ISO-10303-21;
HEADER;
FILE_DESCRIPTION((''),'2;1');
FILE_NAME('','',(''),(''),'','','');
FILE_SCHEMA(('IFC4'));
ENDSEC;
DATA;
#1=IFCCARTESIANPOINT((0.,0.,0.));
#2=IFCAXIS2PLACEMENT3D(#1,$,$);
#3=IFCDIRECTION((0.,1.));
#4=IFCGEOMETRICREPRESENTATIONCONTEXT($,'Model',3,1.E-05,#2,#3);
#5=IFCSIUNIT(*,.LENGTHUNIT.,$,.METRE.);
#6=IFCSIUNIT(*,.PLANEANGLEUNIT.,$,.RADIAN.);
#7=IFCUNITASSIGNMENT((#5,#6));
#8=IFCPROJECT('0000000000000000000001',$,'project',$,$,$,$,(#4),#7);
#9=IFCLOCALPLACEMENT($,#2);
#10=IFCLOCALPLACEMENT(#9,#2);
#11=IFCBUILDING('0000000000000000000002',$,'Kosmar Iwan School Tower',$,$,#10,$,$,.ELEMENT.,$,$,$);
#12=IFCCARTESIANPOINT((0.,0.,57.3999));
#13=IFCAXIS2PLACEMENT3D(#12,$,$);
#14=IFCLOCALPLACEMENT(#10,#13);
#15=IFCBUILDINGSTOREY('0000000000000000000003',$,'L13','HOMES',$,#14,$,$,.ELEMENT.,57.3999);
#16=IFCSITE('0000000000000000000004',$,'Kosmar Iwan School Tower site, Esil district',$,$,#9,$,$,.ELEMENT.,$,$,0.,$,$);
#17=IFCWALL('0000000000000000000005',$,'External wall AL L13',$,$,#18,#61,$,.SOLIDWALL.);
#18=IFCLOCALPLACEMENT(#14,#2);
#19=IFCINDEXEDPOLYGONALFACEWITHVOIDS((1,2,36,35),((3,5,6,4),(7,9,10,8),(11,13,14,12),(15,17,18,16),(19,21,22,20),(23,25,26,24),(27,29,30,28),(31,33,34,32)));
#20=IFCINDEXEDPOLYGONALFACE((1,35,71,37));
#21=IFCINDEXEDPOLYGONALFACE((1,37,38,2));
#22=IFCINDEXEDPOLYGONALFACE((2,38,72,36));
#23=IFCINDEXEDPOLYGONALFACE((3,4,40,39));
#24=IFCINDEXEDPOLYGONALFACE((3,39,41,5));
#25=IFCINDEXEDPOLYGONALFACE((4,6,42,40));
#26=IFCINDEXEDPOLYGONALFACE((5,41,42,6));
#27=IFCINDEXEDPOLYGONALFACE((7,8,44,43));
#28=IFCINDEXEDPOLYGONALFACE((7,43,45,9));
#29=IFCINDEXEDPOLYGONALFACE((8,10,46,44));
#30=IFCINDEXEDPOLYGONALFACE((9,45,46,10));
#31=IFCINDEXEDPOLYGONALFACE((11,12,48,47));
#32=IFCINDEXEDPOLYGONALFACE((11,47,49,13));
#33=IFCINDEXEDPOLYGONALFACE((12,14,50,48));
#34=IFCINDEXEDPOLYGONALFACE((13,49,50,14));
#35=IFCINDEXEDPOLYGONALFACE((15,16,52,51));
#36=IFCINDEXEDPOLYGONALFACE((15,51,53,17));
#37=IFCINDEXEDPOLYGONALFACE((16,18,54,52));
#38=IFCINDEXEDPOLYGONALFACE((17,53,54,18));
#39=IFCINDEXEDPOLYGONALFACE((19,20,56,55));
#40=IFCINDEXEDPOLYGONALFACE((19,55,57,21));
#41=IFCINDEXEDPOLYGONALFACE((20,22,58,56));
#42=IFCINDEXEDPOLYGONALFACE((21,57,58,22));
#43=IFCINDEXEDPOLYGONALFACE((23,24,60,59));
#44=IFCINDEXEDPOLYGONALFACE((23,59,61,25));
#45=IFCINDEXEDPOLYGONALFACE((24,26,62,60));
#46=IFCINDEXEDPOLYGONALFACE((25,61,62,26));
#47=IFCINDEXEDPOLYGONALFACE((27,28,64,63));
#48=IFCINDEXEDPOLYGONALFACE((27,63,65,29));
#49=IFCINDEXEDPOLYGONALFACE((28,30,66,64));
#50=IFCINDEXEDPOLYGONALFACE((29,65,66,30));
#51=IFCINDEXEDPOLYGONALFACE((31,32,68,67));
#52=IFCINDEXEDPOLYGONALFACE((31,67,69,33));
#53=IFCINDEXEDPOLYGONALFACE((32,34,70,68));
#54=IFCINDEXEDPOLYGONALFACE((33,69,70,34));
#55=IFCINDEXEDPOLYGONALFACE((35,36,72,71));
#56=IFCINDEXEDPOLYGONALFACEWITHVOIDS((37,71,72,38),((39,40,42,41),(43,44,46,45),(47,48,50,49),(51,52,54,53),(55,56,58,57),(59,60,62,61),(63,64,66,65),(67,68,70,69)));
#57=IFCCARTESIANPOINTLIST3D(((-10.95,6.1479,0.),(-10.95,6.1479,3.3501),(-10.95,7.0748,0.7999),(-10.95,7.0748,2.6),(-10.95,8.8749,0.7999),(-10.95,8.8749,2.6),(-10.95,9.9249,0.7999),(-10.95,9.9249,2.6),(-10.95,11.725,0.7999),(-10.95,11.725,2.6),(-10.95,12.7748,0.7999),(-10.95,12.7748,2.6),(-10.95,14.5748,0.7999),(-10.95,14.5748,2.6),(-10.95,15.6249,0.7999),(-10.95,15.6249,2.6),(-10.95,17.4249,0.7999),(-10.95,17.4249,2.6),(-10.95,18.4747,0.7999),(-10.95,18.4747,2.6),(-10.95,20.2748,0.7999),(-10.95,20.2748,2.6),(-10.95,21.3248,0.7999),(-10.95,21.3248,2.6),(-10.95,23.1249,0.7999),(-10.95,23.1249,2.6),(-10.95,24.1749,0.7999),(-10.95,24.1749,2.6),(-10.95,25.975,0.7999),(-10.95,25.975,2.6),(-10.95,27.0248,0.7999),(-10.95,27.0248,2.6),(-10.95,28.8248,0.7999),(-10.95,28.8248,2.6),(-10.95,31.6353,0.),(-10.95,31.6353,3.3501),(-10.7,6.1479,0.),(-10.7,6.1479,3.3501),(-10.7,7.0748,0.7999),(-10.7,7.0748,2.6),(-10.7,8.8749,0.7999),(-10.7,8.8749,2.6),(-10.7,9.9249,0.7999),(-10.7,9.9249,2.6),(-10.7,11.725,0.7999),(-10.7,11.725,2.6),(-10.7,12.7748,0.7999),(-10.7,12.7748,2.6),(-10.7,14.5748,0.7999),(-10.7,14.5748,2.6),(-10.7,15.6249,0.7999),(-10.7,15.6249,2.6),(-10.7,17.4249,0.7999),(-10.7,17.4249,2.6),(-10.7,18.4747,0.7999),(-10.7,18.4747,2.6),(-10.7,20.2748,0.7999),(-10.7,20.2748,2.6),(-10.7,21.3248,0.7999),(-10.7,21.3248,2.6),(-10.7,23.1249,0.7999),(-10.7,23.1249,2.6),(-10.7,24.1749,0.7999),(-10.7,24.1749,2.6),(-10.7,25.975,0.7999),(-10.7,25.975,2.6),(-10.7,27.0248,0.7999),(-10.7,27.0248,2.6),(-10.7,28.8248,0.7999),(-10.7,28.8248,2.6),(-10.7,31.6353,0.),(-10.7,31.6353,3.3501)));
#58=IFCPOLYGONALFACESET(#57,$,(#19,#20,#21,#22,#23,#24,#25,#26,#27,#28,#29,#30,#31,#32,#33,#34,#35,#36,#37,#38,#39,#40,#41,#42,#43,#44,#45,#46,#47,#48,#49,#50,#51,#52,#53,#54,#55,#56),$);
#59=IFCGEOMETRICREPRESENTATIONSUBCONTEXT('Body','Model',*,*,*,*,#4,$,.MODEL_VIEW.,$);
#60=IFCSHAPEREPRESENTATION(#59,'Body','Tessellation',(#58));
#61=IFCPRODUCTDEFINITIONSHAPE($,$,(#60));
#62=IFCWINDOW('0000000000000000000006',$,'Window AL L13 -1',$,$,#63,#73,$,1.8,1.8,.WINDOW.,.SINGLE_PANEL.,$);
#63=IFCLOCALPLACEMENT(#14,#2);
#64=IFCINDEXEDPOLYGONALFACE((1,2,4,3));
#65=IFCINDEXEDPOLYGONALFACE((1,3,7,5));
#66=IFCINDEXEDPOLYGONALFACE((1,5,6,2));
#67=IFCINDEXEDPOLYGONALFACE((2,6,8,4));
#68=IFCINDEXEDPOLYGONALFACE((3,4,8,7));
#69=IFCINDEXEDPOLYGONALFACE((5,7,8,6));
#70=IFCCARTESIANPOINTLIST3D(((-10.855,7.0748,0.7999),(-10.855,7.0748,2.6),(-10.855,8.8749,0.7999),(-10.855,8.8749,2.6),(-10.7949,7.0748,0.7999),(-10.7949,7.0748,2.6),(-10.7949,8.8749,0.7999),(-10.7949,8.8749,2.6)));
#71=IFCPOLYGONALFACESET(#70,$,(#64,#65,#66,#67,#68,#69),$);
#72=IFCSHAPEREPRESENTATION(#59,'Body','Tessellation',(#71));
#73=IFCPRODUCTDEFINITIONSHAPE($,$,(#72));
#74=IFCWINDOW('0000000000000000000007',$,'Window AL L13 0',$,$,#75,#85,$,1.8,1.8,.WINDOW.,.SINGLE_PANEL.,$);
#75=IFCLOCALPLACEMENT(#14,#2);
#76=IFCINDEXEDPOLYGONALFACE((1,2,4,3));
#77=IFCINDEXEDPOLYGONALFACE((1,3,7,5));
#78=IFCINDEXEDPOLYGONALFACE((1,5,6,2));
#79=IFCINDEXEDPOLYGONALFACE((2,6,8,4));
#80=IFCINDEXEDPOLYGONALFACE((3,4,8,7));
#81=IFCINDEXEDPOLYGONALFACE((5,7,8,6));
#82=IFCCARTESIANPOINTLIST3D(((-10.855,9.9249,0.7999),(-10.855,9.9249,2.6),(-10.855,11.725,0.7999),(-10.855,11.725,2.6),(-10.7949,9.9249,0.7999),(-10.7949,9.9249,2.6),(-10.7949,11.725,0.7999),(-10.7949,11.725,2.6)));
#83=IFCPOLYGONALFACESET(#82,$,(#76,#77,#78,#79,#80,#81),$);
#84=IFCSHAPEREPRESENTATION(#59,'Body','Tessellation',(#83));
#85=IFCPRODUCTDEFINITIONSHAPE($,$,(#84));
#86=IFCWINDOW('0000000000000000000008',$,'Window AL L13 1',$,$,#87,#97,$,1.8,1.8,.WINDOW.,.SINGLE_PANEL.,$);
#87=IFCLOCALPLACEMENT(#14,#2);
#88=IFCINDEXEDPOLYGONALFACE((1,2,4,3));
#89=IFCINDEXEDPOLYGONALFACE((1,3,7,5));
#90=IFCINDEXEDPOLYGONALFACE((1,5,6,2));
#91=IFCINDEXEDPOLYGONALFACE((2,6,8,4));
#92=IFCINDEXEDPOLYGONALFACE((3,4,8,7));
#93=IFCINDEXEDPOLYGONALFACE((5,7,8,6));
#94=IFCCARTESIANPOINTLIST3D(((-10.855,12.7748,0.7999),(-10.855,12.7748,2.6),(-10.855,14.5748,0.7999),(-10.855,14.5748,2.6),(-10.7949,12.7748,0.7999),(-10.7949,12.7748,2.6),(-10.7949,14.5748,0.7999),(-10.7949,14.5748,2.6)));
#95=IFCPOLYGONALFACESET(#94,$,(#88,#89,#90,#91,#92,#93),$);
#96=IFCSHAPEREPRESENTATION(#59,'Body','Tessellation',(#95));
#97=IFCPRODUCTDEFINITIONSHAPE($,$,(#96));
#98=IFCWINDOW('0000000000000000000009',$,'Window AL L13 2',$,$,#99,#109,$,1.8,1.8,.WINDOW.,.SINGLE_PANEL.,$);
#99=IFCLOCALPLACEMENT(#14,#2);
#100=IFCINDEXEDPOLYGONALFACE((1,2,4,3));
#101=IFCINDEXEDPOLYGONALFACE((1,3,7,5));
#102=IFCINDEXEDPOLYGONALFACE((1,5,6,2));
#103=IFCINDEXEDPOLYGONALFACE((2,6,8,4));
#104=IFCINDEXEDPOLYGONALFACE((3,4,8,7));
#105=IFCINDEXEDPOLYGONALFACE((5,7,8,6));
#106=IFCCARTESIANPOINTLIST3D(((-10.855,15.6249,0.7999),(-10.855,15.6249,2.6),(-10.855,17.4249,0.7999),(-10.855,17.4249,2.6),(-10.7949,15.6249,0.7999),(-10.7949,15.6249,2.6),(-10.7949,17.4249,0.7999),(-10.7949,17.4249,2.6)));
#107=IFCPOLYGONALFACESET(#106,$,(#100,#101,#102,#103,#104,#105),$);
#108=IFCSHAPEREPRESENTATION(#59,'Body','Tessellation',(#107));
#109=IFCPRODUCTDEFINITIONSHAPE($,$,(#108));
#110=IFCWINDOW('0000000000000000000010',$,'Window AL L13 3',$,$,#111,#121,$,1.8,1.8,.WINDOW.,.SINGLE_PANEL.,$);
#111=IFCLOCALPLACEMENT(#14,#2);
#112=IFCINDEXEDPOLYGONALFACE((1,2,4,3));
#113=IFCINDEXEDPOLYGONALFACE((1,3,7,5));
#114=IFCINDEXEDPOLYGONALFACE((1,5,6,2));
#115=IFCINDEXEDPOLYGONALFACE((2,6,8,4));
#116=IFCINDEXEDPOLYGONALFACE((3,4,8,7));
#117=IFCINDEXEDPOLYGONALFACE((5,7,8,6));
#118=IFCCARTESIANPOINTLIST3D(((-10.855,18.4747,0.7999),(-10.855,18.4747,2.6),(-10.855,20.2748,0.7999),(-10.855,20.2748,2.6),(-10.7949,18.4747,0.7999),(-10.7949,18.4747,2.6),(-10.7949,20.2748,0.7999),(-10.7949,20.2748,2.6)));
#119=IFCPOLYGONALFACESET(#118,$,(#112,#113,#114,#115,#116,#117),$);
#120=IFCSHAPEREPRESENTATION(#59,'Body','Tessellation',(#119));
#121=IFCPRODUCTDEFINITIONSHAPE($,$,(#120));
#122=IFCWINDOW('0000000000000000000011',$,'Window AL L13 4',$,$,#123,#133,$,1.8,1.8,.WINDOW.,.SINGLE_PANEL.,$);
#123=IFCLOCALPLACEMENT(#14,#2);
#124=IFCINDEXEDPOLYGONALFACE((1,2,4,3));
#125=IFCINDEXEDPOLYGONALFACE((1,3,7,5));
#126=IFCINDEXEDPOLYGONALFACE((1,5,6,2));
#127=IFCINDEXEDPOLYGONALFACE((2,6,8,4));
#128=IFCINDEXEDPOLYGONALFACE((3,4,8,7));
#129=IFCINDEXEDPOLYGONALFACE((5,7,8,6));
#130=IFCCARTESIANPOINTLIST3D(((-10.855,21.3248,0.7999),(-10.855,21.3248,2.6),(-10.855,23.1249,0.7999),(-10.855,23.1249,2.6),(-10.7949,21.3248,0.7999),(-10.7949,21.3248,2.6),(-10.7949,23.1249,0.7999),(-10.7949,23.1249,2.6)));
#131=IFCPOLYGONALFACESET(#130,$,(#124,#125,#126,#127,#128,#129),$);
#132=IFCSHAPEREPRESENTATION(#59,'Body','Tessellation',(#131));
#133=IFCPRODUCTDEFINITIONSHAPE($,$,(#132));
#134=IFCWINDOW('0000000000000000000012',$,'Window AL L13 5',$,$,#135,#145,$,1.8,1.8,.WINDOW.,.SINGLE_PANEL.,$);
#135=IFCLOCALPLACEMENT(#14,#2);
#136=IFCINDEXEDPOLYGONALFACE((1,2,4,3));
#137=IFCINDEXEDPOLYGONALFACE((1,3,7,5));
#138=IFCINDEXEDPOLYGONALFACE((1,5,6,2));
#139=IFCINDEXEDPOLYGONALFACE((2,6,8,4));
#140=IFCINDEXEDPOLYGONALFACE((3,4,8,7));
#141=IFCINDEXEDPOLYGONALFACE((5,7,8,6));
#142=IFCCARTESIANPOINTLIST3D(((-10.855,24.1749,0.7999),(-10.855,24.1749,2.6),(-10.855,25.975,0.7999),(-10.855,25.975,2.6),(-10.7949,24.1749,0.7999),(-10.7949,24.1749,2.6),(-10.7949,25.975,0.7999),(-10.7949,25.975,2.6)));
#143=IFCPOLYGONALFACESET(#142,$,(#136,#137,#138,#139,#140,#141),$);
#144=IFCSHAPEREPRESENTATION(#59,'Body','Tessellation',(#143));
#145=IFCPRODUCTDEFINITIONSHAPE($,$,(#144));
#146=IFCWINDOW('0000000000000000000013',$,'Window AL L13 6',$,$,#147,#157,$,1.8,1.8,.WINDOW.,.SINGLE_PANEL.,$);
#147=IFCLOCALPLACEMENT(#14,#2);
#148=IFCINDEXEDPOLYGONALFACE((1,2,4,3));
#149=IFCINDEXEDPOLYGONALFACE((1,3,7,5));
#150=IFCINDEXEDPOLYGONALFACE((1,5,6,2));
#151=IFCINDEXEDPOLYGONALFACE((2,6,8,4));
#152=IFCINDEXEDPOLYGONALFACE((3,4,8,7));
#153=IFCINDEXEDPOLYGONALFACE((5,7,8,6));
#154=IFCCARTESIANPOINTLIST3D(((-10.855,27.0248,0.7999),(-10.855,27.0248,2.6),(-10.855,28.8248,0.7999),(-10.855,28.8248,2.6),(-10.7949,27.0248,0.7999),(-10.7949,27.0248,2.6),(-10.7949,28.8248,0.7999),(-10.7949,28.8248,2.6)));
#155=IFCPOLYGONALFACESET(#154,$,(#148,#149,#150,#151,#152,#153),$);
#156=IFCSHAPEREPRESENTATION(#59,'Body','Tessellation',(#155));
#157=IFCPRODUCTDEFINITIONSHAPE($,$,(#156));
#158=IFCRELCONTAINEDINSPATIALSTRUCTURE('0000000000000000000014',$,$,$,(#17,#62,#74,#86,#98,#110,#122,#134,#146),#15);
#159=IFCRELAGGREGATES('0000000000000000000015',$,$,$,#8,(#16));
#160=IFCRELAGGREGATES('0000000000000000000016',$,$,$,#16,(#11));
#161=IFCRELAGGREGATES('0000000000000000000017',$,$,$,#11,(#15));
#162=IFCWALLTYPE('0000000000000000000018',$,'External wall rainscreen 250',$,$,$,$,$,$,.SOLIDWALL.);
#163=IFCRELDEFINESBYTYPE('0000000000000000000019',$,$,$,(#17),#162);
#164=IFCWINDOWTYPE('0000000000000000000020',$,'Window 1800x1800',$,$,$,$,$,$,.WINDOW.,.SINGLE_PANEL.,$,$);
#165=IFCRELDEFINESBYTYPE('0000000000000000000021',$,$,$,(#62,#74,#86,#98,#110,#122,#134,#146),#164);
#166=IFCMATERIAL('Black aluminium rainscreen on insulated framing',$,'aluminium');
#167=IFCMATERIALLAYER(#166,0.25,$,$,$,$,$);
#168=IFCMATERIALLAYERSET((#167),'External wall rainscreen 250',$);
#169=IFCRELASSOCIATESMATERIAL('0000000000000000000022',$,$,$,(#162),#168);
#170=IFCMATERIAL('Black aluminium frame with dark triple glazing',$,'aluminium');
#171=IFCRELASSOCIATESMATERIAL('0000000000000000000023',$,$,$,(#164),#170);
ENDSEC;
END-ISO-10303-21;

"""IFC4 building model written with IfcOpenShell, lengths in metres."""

from ifc_helpers import new_model, si_unit, direction, frame, frame_2d, origin, place, context, subcontext, project, spatial, rectangle, extrude, material, layer, layer_set, type_object, element, fill, save


model = new_model("IFC4")

# Units and contexts
model_context = context("Model", 3, precision=1e-05, world=origin(), true_north=direction((0.0, 1.0)))
body_context = subcontext(model_context, "Body", "Model", "MODEL_VIEW")
ifc_project = project(units=[si_unit("LENGTHUNIT", "METRE"), si_unit("PLANEANGLEUNIT", "RADIAN")], contexts=[model_context])

# Site, building, storey
site_placement = place(None, origin())
site = spatial("IfcSite", under=ifc_project, at=site_placement, Name="Kosmar Iwan School Tower site, Esil district", CompositionType="ELEMENT", RefElevation=0.0)
building_placement = place(site_placement, origin())
building = spatial("IfcBuilding", under=site, at=building_placement, Name="Kosmar Iwan School Tower", CompositionType="ELEMENT")
storey_placement = place(building_placement, frame((0.0, 0.0, 57.3999)))
storey = spatial("IfcBuildingStorey", under=building, at=storey_placement, Name="L13", Description="HOMES", CompositionType="ELEMENT", Elevation=57.3999)

# Wall, openings, windows
ifc_material_1 = material(Name="Black aluminium rainscreen on insulated framing", Category="aluminium")
ifc_layer = layer(ifc_material_1, 0.25)
ifc_layer_set = layer_set([ifc_layer], Name="External wall rainscreen 250")
wall_type = type_object("IfcWallType", Name="External wall rainscreen 250", PredefinedType="SOLIDWALL", material=ifc_layer_set)
wall_1_placement = place(storey_placement, frame((-10.825, 6.1479, 0.0), z_axis=(0.0, 0.0, 1.0), x_axis=(0.0, 1.0, 0.0)))
wall_1 = element("IfcWall", 1, at=wall_1_placement, inside=storey, type_object=wall_type, Name="External wall AL L13", PredefinedType="SOLIDWALL", context=body_context, shape_type="SweptSolid", body=[
    extrude(rectangle(XDim=25.4873, YDim=0.25, at=frame_2d((12.7437, 0.0))), origin(), (0.0, 0.0, 1.0), 3.3501),
])
opening_1_placement = place(wall_1_placement, frame((0.927, 0.0, 0.8)))
opening_1 = element("IfcOpeningElement", 2, at=opening_1_placement, cuts=wall_1, PredefinedType="OPENING", context=body_context, shape_type="SweptSolid", body=[
    extrude(rectangle(XDim=1.8, YDim=1.8, at=frame_2d((0.8999, 0.8999))), frame((0.0, 0.137, 0.0), z_axis=(0.0, -1.0, 0.0), x_axis=(1.0, 0.0, 0.0)), (0.0, 0.0, 1.0), 0.2739),
])
opening_2_placement = place(wall_1_placement, frame((3.7771, 0.0, 0.8)))
opening_2 = element("IfcOpeningElement", 3, at=opening_2_placement, cuts=wall_1, PredefinedType="OPENING", context=body_context, shape_type="SweptSolid", body=[
    extrude(rectangle(XDim=1.8, YDim=1.8, at=frame_2d((0.8999, 0.8999))), frame((0.0, 0.137, 0.0), z_axis=(0.0, -1.0, 0.0), x_axis=(1.0, 0.0, 0.0)), (0.0, 0.0, 1.0), 0.2739),
])
opening_3_placement = place(wall_1_placement, frame((6.627, 0.0, 0.8)))
opening_3 = element("IfcOpeningElement", 4, at=opening_3_placement, cuts=wall_1, PredefinedType="OPENING", context=body_context, shape_type="SweptSolid", body=[
    extrude(rectangle(XDim=1.8, YDim=1.8, at=frame_2d((0.8999, 0.8999))), frame((0.0, 0.137, 0.0), z_axis=(0.0, -1.0, 0.0), x_axis=(1.0, 0.0, 0.0)), (0.0, 0.0, 1.0), 0.2739),
])
opening_4_placement = place(wall_1_placement, frame((9.4771, 0.0, 0.8)))
opening_4 = element("IfcOpeningElement", 5, at=opening_4_placement, cuts=wall_1, PredefinedType="OPENING", context=body_context, shape_type="SweptSolid", body=[
    extrude(rectangle(XDim=1.8, YDim=1.8, at=frame_2d((0.8999, 0.8999))), frame((0.0, 0.137, 0.0), z_axis=(0.0, -1.0, 0.0), x_axis=(1.0, 0.0, 0.0)), (0.0, 0.0, 1.0), 0.2739),
])
opening_5_placement = place(wall_1_placement, frame((12.3269, 0.0, 0.8)))
opening_5 = element("IfcOpeningElement", 6, at=opening_5_placement, cuts=wall_1, PredefinedType="OPENING", context=body_context, shape_type="SweptSolid", body=[
    extrude(rectangle(XDim=1.8, YDim=1.8, at=frame_2d((0.8999, 0.8999))), frame((0.0, 0.137, 0.0), z_axis=(0.0, -1.0, 0.0), x_axis=(1.0, 0.0, 0.0)), (0.0, 0.0, 1.0), 0.2739),
])
opening_6_placement = place(wall_1_placement, frame((15.177, 0.0, 0.8)))
opening_6 = element("IfcOpeningElement", 7, at=opening_6_placement, cuts=wall_1, PredefinedType="OPENING", context=body_context, shape_type="SweptSolid", body=[
    extrude(rectangle(XDim=1.8, YDim=1.8, at=frame_2d((0.8999, 0.8999))), frame((0.0, 0.137, 0.0), z_axis=(0.0, -1.0, 0.0), x_axis=(1.0, 0.0, 0.0)), (0.0, 0.0, 1.0), 0.2739),
])
opening_7_placement = place(wall_1_placement, frame((18.0271, 0.0, 0.8)))
opening_7 = element("IfcOpeningElement", 8, at=opening_7_placement, cuts=wall_1, PredefinedType="OPENING", context=body_context, shape_type="SweptSolid", body=[
    extrude(rectangle(XDim=1.8, YDim=1.8, at=frame_2d((0.8999, 0.8999))), frame((0.0, 0.137, 0.0), z_axis=(0.0, -1.0, 0.0), x_axis=(1.0, 0.0, 0.0)), (0.0, 0.0, 1.0), 0.2739),
])
opening_8_placement = place(wall_1_placement, frame((20.877, 0.0, 0.8)))
opening_8 = element("IfcOpeningElement", 9, at=opening_8_placement, cuts=wall_1, PredefinedType="OPENING", context=body_context, shape_type="SweptSolid", body=[
    extrude(rectangle(XDim=1.8, YDim=1.8, at=frame_2d((0.8999, 0.8999))), frame((0.0, 0.137, 0.0), z_axis=(0.0, -1.0, 0.0), x_axis=(1.0, 0.0, 0.0)), (0.0, 0.0, 1.0), 0.2739),
])
ifc_material_2 = material(Name="Black aluminium frame with dark triple glazing", Category="aluminium")
window_type = type_object("IfcWindowType", Name="Window 1800x1800", PartitioningType="SINGLE_PANEL", PredefinedType="WINDOW", material=ifc_material_2)
window_1_placement = place(opening_1_placement, origin())
window_1 = element("IfcWindow", 10, at=window_1_placement, inside=storey, type_object=window_type, Name="Window AL L13 -1", OverallHeight=1.8, OverallWidth=1.8, PartitioningType="SINGLE_PANEL", PredefinedType="WINDOW", context=body_context, shape_type="SweptSolid", body=[
    extrude(rectangle(XDim=1.8, YDim=1.8, at=frame_2d((0.8999, 0.8999))), frame((0.0, 0.03, 0.0), z_axis=(0.0, -1.0, 0.0), x_axis=(1.0, 0.0, 0.0)), (0.0, 0.0, 1.0), 0.0601),
])
fill(opening_1, window_1)
window_2_placement = place(opening_2_placement, origin())
window_2 = element("IfcWindow", 11, at=window_2_placement, inside=storey, type_object=window_type, Name="Window AL L13 0", OverallHeight=1.8, OverallWidth=1.8, PartitioningType="SINGLE_PANEL", PredefinedType="WINDOW", context=body_context, shape_type="SweptSolid", body=[
    extrude(rectangle(XDim=1.8, YDim=1.8, at=frame_2d((0.8999, 0.8999))), frame((0.0, 0.03, 0.0), z_axis=(0.0, -1.0, 0.0), x_axis=(1.0, 0.0, 0.0)), (0.0, 0.0, 1.0), 0.0601),
])
fill(opening_2, window_2)
window_3_placement = place(opening_3_placement, origin())
window_3 = element("IfcWindow", 12, at=window_3_placement, inside=storey, type_object=window_type, Name="Window AL L13 1", OverallHeight=1.8, OverallWidth=1.8, PartitioningType="SINGLE_PANEL", PredefinedType="WINDOW", context=body_context, shape_type="SweptSolid", body=[
    extrude(rectangle(XDim=1.8, YDim=1.8, at=frame_2d((0.8999, 0.8999))), frame((0.0, 0.03, 0.0), z_axis=(0.0, -1.0, 0.0), x_axis=(1.0, 0.0, 0.0)), (0.0, 0.0, 1.0), 0.0601),
])
fill(opening_3, window_3)
window_4_placement = place(opening_4_placement, origin())
window_4 = element("IfcWindow", 13, at=window_4_placement, inside=storey, type_object=window_type, Name="Window AL L13 2", OverallHeight=1.8, OverallWidth=1.8, PartitioningType="SINGLE_PANEL", PredefinedType="WINDOW", context=body_context, shape_type="SweptSolid", body=[
    extrude(rectangle(XDim=1.8, YDim=1.8, at=frame_2d((0.8999, 0.8999))), frame((0.0, 0.03, 0.0), z_axis=(0.0, -1.0, 0.0), x_axis=(1.0, 0.0, 0.0)), (0.0, 0.0, 1.0), 0.0601),
])
fill(opening_4, window_4)
window_5_placement = place(opening_5_placement, origin())
window_5 = element("IfcWindow", 14, at=window_5_placement, inside=storey, type_object=window_type, Name="Window AL L13 3", OverallHeight=1.8, OverallWidth=1.8, PartitioningType="SINGLE_PANEL", PredefinedType="WINDOW", context=body_context, shape_type="SweptSolid", body=[
    extrude(rectangle(XDim=1.8, YDim=1.8, at=frame_2d((0.8999, 0.8999))), frame((0.0, 0.03, 0.0), z_axis=(0.0, -1.0, 0.0), x_axis=(1.0, 0.0, 0.0)), (0.0, 0.0, 1.0), 0.0601),
])
fill(opening_5, window_5)
window_6_placement = place(opening_6_placement, origin())
window_6 = element("IfcWindow", 15, at=window_6_placement, inside=storey, type_object=window_type, Name="Window AL L13 4", OverallHeight=1.8, OverallWidth=1.8, PartitioningType="SINGLE_PANEL", PredefinedType="WINDOW", context=body_context, shape_type="SweptSolid", body=[
    extrude(rectangle(XDim=1.8, YDim=1.8, at=frame_2d((0.8999, 0.8999))), frame((0.0, 0.03, 0.0), z_axis=(0.0, -1.0, 0.0), x_axis=(1.0, 0.0, 0.0)), (0.0, 0.0, 1.0), 0.0601),
])
fill(opening_6, window_6)
window_7_placement = place(opening_7_placement, origin())
window_7 = element("IfcWindow", 16, at=window_7_placement, inside=storey, type_object=window_type, Name="Window AL L13 5", OverallHeight=1.8, OverallWidth=1.8, PartitioningType="SINGLE_PANEL", PredefinedType="WINDOW", context=body_context, shape_type="SweptSolid", body=[
    extrude(rectangle(XDim=1.8, YDim=1.8, at=frame_2d((0.8999, 0.8999))), frame((0.0, 0.03, 0.0), z_axis=(0.0, -1.0, 0.0), x_axis=(1.0, 0.0, 0.0)), (0.0, 0.0, 1.0), 0.0601),
])
fill(opening_7, window_7)
window_8_placement = place(opening_8_placement, origin())
window_8 = element("IfcWindow", 17, at=window_8_placement, inside=storey, type_object=window_type, Name="Window AL L13 6", OverallHeight=1.8, OverallWidth=1.8, PartitioningType="SINGLE_PANEL", PredefinedType="WINDOW", context=body_context, shape_type="SweptSolid", body=[
    extrude(rectangle(XDim=1.8, YDim=1.8, at=frame_2d((0.8999, 0.8999))), frame((0.0, 0.03, 0.0), z_axis=(0.0, -1.0, 0.0), x_axis=(1.0, 0.0, 0.0)), (0.0, 0.0, 1.0), 0.0601),
])
fill(opening_8, window_8)

save(model, "model.ifc")
